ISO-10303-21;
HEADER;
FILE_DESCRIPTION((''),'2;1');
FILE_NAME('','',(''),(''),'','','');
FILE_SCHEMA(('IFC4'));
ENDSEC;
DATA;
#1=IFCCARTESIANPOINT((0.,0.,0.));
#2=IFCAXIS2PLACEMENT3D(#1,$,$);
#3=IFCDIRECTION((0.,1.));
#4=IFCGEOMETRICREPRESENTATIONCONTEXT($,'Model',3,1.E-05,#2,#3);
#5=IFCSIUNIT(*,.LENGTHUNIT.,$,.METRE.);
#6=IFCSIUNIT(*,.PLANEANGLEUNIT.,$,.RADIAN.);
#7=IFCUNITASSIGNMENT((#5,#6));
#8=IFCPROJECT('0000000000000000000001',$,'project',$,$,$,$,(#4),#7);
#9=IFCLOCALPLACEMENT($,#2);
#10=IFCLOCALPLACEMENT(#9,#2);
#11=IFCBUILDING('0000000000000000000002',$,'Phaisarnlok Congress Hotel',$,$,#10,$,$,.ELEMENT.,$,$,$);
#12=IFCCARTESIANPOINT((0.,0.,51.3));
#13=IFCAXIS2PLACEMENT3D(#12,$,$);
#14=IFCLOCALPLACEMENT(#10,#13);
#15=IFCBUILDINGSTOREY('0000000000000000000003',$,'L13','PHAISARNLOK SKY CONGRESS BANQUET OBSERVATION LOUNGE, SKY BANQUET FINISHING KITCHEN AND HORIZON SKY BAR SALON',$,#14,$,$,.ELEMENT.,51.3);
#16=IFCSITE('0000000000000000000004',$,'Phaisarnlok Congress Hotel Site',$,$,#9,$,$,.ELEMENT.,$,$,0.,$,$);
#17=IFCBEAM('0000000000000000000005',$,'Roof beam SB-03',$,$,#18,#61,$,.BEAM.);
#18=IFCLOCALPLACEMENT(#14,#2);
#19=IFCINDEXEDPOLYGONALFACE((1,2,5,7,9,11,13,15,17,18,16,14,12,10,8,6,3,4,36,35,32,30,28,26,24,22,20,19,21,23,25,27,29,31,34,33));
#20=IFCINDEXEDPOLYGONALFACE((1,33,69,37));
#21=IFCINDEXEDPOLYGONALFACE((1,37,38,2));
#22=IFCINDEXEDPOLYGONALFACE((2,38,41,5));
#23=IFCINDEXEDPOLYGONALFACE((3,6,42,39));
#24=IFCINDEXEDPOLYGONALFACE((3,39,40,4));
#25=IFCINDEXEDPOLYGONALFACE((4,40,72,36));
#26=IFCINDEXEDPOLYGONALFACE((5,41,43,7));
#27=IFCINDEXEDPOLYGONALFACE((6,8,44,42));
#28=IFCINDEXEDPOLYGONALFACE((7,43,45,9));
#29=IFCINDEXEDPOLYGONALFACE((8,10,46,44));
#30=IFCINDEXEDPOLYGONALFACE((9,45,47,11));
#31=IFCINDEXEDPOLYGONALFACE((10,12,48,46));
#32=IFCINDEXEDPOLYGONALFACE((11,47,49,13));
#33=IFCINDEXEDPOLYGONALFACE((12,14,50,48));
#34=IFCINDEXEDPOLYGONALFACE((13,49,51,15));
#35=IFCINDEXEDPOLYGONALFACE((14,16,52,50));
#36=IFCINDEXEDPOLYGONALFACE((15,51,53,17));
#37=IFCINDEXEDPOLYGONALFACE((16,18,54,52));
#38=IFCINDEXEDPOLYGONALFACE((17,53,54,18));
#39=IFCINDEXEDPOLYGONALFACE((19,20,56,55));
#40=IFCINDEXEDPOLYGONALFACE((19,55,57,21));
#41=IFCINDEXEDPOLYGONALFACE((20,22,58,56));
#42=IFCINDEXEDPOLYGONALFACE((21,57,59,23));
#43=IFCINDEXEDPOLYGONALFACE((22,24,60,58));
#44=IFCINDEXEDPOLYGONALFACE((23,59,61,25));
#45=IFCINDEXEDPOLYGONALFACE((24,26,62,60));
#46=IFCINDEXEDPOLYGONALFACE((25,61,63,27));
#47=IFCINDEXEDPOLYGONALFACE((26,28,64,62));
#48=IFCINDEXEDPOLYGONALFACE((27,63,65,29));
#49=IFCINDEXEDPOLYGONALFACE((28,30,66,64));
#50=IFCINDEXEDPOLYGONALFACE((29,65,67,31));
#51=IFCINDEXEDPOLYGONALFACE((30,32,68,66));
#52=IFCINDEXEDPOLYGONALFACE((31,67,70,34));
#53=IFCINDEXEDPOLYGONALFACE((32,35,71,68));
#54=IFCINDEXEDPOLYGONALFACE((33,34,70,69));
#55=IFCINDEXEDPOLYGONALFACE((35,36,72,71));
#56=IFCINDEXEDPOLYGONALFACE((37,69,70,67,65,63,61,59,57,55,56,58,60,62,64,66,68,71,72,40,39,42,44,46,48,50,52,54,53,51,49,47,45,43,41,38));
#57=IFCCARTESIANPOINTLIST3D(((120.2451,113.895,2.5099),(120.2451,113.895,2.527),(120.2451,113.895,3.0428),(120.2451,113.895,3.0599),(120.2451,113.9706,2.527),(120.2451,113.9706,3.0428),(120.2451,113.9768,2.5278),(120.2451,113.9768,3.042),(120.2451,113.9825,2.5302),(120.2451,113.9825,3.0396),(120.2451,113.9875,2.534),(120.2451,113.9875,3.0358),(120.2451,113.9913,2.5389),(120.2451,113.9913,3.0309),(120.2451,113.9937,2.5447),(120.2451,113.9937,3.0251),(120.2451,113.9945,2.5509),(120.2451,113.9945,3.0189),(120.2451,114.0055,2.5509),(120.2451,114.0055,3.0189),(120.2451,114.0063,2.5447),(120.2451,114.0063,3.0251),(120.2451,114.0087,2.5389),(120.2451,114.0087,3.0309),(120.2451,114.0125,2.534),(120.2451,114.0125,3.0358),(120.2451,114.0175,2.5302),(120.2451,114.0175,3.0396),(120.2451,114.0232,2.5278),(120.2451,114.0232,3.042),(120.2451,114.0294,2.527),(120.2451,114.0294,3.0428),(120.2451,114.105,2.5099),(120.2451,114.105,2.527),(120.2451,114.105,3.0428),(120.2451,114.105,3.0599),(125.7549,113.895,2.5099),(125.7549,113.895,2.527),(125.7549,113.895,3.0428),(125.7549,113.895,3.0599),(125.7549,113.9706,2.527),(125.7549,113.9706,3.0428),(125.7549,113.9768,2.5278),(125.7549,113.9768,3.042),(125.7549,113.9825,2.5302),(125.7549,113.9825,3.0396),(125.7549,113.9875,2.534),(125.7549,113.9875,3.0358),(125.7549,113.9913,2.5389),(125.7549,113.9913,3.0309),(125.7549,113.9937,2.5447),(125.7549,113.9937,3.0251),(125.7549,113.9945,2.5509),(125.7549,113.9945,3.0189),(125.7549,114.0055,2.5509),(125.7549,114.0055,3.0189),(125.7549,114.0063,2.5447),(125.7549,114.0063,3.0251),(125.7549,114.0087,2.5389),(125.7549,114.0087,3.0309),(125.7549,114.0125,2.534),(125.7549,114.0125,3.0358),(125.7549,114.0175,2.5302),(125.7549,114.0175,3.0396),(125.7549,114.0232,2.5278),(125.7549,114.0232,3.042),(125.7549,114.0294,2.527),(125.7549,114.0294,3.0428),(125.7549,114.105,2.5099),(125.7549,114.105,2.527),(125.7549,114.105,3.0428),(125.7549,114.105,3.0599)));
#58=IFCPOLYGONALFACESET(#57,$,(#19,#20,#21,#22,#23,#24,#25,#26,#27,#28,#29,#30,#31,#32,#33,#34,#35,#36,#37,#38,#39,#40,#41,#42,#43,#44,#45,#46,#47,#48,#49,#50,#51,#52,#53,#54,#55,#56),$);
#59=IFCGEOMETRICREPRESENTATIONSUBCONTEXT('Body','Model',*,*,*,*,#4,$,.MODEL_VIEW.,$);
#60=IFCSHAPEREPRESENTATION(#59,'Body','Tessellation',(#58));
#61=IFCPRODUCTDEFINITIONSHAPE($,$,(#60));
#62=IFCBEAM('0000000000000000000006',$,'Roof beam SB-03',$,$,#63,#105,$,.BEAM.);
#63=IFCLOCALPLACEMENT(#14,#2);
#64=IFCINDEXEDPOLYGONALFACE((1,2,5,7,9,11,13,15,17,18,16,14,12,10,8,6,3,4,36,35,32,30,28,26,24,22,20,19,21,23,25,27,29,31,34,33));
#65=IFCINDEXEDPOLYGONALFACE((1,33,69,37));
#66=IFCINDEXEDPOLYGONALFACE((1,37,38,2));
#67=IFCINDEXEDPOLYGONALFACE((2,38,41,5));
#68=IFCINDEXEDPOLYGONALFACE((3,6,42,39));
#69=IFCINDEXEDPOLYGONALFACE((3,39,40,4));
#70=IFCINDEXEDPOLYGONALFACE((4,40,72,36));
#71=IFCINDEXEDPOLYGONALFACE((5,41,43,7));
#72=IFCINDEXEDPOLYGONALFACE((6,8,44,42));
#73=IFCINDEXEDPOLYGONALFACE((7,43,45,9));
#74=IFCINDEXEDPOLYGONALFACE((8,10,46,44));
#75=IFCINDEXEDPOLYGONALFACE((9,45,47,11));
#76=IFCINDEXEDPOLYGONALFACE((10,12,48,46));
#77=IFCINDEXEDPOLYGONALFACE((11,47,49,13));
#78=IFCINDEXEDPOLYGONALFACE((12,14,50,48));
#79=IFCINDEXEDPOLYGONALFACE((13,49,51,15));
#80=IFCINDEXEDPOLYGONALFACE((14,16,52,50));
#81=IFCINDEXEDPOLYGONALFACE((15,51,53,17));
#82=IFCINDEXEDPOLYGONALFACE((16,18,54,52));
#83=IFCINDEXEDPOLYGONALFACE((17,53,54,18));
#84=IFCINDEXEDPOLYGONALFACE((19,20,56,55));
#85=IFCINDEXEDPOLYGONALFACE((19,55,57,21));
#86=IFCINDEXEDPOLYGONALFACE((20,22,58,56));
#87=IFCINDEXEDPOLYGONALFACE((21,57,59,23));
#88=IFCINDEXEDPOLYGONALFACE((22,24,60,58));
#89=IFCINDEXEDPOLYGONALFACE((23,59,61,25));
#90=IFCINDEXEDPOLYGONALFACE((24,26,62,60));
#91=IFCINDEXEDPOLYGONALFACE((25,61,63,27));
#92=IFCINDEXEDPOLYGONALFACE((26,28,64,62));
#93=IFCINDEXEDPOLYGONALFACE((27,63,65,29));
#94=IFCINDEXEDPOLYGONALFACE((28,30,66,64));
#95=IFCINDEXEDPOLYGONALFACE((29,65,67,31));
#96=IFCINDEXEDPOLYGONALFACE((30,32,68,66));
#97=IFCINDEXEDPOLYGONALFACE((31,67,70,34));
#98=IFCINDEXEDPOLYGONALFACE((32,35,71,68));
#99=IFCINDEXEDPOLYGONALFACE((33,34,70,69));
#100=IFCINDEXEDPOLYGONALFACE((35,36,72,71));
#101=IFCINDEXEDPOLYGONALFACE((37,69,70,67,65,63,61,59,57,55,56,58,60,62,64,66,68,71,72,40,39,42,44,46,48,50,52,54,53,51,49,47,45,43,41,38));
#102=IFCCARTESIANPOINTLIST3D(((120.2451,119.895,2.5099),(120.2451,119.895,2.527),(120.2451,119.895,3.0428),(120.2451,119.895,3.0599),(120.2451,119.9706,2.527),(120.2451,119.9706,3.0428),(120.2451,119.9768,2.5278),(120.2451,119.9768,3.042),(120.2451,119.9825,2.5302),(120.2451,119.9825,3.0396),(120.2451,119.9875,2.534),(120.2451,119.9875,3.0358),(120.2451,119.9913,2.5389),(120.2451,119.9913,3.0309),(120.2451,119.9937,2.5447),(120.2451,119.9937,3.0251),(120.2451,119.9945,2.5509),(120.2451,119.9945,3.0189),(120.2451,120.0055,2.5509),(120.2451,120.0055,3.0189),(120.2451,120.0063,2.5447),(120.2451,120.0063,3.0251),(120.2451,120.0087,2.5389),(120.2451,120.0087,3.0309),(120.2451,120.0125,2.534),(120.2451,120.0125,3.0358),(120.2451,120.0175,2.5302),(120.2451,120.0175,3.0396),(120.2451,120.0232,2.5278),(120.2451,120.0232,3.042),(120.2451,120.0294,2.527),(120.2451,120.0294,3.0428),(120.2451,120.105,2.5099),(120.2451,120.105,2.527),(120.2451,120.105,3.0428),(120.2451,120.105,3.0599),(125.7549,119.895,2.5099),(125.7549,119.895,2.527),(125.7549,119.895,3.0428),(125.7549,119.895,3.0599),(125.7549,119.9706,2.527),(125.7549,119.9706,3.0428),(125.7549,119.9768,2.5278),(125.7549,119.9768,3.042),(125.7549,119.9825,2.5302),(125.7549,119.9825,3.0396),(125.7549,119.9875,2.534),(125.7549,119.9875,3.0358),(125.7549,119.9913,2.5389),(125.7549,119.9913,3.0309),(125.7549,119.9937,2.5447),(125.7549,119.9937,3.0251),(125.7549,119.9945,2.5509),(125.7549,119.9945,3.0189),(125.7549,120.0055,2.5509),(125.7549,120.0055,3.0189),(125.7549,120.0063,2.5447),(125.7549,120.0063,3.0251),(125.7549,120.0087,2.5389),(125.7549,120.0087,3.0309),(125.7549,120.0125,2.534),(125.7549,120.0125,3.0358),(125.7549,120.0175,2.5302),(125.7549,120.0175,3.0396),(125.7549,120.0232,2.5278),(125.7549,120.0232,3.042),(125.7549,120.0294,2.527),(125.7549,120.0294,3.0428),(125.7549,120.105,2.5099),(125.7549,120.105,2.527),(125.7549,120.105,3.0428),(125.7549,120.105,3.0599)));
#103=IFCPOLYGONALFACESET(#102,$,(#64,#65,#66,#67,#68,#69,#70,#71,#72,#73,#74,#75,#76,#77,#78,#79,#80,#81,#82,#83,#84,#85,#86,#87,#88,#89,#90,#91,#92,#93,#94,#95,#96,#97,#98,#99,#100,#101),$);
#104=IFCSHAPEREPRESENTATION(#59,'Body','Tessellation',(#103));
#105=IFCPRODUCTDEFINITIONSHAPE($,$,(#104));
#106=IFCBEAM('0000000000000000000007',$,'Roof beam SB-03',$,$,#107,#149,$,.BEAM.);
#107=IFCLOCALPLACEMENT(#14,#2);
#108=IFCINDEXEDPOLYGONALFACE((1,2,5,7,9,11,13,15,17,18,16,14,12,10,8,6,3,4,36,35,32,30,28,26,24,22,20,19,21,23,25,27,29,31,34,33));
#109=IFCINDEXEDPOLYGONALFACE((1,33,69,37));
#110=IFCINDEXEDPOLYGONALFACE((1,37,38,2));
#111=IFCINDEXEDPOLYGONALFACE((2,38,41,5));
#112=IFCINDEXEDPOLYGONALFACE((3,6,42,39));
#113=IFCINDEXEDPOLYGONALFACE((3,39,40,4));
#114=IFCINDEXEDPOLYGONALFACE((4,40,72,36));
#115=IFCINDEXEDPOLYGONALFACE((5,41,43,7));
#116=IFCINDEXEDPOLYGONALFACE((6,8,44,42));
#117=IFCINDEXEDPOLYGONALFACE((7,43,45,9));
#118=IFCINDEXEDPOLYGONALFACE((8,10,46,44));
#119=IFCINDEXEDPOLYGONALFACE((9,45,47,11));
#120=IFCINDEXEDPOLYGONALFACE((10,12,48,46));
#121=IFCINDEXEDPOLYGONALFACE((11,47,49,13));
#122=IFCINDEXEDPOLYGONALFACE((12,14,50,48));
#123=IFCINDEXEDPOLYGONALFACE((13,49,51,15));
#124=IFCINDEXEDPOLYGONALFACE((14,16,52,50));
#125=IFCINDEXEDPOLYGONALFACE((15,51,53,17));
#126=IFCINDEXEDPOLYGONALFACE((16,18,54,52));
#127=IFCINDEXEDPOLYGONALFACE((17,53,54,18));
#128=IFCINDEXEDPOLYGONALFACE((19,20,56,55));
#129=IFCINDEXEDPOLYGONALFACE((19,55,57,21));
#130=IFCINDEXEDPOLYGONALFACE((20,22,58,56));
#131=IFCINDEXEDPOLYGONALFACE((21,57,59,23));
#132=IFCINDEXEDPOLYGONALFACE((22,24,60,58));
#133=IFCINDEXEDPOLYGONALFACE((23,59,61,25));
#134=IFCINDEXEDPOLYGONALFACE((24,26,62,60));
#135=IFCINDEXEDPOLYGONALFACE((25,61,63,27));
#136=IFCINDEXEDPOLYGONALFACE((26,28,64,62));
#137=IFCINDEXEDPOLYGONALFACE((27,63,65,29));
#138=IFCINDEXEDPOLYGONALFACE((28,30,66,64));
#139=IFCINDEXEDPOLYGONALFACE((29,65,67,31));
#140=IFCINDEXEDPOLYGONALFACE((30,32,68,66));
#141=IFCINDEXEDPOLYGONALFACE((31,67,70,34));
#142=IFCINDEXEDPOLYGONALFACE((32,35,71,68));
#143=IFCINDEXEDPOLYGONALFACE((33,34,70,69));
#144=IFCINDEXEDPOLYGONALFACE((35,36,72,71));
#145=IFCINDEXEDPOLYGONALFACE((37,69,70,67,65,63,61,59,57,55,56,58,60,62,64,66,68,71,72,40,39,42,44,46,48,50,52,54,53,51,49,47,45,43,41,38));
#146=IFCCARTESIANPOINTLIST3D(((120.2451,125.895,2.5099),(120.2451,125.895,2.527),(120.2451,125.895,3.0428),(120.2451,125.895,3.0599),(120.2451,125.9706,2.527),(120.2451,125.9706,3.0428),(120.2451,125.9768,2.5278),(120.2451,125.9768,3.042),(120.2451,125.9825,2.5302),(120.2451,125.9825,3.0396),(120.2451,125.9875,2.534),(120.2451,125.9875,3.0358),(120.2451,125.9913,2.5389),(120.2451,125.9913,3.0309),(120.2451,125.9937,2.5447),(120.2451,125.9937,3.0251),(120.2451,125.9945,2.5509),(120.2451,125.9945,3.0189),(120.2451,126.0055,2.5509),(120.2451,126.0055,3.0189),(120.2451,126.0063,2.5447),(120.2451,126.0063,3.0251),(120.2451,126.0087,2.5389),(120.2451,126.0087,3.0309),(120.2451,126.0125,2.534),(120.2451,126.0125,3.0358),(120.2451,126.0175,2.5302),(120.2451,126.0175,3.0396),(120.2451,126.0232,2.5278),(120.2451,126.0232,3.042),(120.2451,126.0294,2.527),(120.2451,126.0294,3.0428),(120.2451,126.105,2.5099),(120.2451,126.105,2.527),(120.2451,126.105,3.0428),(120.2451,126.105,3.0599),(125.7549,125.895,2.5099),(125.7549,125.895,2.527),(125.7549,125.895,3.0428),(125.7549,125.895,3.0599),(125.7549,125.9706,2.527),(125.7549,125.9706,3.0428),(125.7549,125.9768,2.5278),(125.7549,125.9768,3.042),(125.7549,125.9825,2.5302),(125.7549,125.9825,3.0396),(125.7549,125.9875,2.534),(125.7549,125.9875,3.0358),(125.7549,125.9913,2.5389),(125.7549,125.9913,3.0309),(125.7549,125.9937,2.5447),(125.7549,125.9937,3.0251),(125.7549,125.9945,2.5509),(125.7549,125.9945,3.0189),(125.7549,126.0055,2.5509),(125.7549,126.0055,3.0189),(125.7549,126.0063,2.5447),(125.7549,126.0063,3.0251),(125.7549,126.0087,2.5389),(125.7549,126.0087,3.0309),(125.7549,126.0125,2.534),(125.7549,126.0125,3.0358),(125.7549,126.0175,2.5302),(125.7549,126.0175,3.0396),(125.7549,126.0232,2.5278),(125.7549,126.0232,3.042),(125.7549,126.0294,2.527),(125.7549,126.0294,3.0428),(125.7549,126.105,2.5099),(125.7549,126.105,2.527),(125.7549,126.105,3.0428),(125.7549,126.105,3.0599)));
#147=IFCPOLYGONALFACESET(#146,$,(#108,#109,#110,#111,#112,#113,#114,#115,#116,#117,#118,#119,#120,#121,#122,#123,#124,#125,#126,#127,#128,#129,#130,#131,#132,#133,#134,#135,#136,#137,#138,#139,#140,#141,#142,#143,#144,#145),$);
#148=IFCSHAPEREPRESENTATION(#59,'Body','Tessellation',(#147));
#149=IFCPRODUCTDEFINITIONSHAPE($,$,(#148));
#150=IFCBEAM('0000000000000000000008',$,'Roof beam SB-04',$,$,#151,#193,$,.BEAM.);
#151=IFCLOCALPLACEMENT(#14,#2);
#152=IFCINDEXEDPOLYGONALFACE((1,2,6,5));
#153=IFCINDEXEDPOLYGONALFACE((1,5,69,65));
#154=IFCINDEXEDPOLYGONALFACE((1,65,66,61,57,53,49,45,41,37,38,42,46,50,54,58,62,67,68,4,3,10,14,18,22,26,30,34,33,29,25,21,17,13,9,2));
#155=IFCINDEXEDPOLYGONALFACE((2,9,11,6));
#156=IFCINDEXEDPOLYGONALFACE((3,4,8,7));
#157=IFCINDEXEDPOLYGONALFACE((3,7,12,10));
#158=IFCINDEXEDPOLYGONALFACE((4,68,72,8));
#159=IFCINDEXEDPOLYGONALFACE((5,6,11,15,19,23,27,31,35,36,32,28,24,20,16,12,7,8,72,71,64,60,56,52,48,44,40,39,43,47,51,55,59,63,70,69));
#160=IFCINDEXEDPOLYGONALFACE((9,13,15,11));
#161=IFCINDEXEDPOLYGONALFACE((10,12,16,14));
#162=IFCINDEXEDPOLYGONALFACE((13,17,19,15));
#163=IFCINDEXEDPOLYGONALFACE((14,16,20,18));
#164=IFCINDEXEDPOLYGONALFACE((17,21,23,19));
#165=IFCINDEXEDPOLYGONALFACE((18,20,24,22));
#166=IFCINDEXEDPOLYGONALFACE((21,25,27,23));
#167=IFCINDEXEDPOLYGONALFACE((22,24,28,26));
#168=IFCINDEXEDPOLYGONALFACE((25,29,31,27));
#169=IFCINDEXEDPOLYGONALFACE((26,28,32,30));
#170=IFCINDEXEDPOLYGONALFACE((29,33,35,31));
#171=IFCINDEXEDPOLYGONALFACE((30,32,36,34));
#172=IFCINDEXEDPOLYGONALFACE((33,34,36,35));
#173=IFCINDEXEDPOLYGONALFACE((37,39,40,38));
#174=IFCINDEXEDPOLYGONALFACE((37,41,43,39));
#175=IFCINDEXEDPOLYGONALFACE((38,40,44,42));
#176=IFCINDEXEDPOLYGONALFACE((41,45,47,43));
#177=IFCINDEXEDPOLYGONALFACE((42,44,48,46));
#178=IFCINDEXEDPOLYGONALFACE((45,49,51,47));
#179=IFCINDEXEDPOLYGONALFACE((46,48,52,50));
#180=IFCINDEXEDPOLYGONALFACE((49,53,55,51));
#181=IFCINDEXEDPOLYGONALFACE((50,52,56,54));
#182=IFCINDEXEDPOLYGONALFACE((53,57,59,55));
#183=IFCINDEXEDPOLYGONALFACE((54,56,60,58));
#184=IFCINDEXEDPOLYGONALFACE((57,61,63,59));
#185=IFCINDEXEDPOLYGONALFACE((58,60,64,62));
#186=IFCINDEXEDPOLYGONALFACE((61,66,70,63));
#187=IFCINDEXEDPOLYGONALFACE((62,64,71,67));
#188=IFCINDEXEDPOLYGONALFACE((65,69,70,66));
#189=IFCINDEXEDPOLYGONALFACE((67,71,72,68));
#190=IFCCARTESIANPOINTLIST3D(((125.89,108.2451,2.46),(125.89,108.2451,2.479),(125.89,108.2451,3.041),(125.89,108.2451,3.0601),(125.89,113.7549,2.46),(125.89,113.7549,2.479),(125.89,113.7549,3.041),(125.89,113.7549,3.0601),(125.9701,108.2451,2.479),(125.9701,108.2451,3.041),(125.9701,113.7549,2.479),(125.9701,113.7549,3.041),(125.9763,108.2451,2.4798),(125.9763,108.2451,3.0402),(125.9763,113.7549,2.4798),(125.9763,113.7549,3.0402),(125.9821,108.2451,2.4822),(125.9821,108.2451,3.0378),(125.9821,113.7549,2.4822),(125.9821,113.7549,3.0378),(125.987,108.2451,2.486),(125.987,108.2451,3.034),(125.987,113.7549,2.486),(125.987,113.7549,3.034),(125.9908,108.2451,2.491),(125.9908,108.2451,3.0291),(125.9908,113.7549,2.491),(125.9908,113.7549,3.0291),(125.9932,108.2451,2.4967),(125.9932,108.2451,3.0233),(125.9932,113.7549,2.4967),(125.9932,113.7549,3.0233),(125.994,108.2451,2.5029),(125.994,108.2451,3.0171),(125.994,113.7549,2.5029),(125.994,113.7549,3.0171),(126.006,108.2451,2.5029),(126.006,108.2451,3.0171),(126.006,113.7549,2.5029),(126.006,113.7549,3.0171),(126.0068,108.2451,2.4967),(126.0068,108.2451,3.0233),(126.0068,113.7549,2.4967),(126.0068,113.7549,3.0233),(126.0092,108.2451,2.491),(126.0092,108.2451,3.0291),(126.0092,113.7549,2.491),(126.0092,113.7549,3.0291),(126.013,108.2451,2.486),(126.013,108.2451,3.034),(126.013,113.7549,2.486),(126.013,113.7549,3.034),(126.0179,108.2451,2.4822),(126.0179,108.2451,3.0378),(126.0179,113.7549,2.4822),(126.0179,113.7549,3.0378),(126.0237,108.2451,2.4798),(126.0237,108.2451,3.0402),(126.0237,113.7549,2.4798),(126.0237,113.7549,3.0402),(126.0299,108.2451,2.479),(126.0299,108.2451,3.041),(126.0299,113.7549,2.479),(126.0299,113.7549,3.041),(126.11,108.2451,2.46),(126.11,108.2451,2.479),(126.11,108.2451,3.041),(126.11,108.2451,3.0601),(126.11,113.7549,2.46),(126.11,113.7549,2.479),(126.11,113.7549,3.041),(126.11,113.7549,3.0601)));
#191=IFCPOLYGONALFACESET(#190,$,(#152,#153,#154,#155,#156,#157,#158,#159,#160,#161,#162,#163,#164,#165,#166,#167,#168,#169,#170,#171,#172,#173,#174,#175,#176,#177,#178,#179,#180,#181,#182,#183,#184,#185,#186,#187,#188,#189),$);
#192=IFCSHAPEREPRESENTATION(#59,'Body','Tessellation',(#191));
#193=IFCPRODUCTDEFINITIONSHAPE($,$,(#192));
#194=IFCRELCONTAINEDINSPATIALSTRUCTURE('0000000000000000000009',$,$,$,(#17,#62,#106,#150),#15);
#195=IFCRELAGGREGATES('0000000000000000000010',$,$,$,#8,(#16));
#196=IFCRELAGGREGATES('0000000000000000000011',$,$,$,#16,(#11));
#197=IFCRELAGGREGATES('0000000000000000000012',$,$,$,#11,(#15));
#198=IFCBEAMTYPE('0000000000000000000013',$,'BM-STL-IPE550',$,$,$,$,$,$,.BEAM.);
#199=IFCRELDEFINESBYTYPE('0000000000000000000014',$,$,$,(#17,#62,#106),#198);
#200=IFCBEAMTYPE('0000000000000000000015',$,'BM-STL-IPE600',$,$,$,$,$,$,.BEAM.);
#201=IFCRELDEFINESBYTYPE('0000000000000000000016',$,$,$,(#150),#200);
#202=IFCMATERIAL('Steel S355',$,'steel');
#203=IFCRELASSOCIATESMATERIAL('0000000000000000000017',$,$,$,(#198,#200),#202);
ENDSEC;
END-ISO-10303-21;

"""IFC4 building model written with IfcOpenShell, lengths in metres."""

from ifc_helpers import new_model, si_unit, direction, frame, origin, origin_2d, place, context, subcontext, project, spatial, i_section, extrude, material, material_profile, profile_set, type_object, element, save


model = new_model("IFC4")

# Units and contexts
model_context = context("Model", 3, precision=1e-05, world=origin(), true_north=direction((0.0, 1.0)))
body_context = subcontext(model_context, "Body", "Model", "MODEL_VIEW")
ifc_project = project(units=[si_unit("LENGTHUNIT", "METRE"), si_unit("PLANEANGLEUNIT", "RADIAN")], contexts=[model_context])

# Site, building, storey
site_placement = place(None, origin())
site = spatial("IfcSite", under=ifc_project, at=site_placement, Name="Phaisarnlok Congress Hotel Site", CompositionType="ELEMENT", RefElevation=0.0)
building_placement = place(site_placement, origin())
building = spatial("IfcBuilding", under=site, at=building_placement, Name="Phaisarnlok Congress Hotel", CompositionType="ELEMENT")
storey_placement = place(building_placement, frame((0.0, 0.0, 51.3)))
storey = spatial("IfcBuildingStorey", under=building, at=storey_placement, Name="L13", Description="PHAISARNLOK SKY CONGRESS BANQUET OBSERVATION LOUNGE, SKY BANQUET FINISHING KITCHEN AND HORIZON SKY BAR SALON", CompositionType="ELEMENT", Elevation=51.3)

# Beams
ifc_material_1 = material(Name="Steel S355", Category="steel")
ifc_material_profile_1 = material_profile(ifc_material_1, i_section(OverallWidth=0.21, OverallDepth=0.55, WebThickness=0.011, FlangeThickness=0.0171, FilletRadius=0.0239, at=origin_2d()), Name="IPE 550")
ifc_profile_set_1 = profile_set([ifc_material_profile_1], Name="Steel S355")
beam_type_1 = type_object("IfcBeamType", Name="BM-STL-IPE550", PredefinedType="BEAM", material=ifc_profile_set_1)
for number, where, z_axis, x_axis, name in (
    (1, (120.2451, 114.0, 2.7849), (1.0, 0.0, 0.0), (0.0, 1.0, 0.0), "Roof beam SB-03"),
    (2, (120.2451, 120.0, 2.7849), (1.0, 0.0, 0.0), (0.0, 1.0, 0.0), "Roof beam SB-03"),
    (3, (120.2451, 126.0, 2.7849), (1.0, 0.0, 0.0), (0.0, 1.0, 0.0), "Roof beam SB-03"),
):
    element("IfcBeam", number, at=place(storey_placement, frame(where, z_axis=z_axis, x_axis=x_axis)), inside=storey, type_object=beam_type_1, Name=name, PredefinedType="BEAM", context=body_context, shape_type="SweptSolid", body=[
        extrude(i_section(OverallWidth=0.21, OverallDepth=0.55, WebThickness=0.011, FlangeThickness=0.0171, FilletRadius=0.0239, at=origin_2d()), origin(), (0.0, 0.0, 1.0), 5.5098),
    ])
ifc_material_profile_2 = material_profile(ifc_material_1, i_section(OverallWidth=0.22, OverallDepth=0.6001, WebThickness=0.012, FlangeThickness=0.019, FilletRadius=0.0239, at=origin_2d()), Name="IPE 600")
ifc_profile_set_2 = profile_set([ifc_material_profile_2], Name="Steel S355")
beam_type_2 = type_object("IfcBeamType", Name="BM-STL-IPE600", PredefinedType="BEAM", material=ifc_profile_set_2)
for number, where, z_axis, x_axis, name in (
    (4, (126.0, 108.2451, 2.76), (0.0, 1.0, 0.0), (-1.0, 0.0, 0.0), "Roof beam SB-04"),
):
    element("IfcBeam", number, at=place(storey_placement, frame(where, z_axis=z_axis, x_axis=x_axis)), inside=storey, type_object=beam_type_2, Name=name, PredefinedType="BEAM", context=body_context, shape_type="SweptSolid", body=[
        extrude(i_section(OverallWidth=0.22, OverallDepth=0.6001, WebThickness=0.012, FlangeThickness=0.019, FilletRadius=0.0239, at=origin_2d()), origin(), (0.0, 0.0, 1.0), 5.5098),
    ])

save(model, "model.ifc")
